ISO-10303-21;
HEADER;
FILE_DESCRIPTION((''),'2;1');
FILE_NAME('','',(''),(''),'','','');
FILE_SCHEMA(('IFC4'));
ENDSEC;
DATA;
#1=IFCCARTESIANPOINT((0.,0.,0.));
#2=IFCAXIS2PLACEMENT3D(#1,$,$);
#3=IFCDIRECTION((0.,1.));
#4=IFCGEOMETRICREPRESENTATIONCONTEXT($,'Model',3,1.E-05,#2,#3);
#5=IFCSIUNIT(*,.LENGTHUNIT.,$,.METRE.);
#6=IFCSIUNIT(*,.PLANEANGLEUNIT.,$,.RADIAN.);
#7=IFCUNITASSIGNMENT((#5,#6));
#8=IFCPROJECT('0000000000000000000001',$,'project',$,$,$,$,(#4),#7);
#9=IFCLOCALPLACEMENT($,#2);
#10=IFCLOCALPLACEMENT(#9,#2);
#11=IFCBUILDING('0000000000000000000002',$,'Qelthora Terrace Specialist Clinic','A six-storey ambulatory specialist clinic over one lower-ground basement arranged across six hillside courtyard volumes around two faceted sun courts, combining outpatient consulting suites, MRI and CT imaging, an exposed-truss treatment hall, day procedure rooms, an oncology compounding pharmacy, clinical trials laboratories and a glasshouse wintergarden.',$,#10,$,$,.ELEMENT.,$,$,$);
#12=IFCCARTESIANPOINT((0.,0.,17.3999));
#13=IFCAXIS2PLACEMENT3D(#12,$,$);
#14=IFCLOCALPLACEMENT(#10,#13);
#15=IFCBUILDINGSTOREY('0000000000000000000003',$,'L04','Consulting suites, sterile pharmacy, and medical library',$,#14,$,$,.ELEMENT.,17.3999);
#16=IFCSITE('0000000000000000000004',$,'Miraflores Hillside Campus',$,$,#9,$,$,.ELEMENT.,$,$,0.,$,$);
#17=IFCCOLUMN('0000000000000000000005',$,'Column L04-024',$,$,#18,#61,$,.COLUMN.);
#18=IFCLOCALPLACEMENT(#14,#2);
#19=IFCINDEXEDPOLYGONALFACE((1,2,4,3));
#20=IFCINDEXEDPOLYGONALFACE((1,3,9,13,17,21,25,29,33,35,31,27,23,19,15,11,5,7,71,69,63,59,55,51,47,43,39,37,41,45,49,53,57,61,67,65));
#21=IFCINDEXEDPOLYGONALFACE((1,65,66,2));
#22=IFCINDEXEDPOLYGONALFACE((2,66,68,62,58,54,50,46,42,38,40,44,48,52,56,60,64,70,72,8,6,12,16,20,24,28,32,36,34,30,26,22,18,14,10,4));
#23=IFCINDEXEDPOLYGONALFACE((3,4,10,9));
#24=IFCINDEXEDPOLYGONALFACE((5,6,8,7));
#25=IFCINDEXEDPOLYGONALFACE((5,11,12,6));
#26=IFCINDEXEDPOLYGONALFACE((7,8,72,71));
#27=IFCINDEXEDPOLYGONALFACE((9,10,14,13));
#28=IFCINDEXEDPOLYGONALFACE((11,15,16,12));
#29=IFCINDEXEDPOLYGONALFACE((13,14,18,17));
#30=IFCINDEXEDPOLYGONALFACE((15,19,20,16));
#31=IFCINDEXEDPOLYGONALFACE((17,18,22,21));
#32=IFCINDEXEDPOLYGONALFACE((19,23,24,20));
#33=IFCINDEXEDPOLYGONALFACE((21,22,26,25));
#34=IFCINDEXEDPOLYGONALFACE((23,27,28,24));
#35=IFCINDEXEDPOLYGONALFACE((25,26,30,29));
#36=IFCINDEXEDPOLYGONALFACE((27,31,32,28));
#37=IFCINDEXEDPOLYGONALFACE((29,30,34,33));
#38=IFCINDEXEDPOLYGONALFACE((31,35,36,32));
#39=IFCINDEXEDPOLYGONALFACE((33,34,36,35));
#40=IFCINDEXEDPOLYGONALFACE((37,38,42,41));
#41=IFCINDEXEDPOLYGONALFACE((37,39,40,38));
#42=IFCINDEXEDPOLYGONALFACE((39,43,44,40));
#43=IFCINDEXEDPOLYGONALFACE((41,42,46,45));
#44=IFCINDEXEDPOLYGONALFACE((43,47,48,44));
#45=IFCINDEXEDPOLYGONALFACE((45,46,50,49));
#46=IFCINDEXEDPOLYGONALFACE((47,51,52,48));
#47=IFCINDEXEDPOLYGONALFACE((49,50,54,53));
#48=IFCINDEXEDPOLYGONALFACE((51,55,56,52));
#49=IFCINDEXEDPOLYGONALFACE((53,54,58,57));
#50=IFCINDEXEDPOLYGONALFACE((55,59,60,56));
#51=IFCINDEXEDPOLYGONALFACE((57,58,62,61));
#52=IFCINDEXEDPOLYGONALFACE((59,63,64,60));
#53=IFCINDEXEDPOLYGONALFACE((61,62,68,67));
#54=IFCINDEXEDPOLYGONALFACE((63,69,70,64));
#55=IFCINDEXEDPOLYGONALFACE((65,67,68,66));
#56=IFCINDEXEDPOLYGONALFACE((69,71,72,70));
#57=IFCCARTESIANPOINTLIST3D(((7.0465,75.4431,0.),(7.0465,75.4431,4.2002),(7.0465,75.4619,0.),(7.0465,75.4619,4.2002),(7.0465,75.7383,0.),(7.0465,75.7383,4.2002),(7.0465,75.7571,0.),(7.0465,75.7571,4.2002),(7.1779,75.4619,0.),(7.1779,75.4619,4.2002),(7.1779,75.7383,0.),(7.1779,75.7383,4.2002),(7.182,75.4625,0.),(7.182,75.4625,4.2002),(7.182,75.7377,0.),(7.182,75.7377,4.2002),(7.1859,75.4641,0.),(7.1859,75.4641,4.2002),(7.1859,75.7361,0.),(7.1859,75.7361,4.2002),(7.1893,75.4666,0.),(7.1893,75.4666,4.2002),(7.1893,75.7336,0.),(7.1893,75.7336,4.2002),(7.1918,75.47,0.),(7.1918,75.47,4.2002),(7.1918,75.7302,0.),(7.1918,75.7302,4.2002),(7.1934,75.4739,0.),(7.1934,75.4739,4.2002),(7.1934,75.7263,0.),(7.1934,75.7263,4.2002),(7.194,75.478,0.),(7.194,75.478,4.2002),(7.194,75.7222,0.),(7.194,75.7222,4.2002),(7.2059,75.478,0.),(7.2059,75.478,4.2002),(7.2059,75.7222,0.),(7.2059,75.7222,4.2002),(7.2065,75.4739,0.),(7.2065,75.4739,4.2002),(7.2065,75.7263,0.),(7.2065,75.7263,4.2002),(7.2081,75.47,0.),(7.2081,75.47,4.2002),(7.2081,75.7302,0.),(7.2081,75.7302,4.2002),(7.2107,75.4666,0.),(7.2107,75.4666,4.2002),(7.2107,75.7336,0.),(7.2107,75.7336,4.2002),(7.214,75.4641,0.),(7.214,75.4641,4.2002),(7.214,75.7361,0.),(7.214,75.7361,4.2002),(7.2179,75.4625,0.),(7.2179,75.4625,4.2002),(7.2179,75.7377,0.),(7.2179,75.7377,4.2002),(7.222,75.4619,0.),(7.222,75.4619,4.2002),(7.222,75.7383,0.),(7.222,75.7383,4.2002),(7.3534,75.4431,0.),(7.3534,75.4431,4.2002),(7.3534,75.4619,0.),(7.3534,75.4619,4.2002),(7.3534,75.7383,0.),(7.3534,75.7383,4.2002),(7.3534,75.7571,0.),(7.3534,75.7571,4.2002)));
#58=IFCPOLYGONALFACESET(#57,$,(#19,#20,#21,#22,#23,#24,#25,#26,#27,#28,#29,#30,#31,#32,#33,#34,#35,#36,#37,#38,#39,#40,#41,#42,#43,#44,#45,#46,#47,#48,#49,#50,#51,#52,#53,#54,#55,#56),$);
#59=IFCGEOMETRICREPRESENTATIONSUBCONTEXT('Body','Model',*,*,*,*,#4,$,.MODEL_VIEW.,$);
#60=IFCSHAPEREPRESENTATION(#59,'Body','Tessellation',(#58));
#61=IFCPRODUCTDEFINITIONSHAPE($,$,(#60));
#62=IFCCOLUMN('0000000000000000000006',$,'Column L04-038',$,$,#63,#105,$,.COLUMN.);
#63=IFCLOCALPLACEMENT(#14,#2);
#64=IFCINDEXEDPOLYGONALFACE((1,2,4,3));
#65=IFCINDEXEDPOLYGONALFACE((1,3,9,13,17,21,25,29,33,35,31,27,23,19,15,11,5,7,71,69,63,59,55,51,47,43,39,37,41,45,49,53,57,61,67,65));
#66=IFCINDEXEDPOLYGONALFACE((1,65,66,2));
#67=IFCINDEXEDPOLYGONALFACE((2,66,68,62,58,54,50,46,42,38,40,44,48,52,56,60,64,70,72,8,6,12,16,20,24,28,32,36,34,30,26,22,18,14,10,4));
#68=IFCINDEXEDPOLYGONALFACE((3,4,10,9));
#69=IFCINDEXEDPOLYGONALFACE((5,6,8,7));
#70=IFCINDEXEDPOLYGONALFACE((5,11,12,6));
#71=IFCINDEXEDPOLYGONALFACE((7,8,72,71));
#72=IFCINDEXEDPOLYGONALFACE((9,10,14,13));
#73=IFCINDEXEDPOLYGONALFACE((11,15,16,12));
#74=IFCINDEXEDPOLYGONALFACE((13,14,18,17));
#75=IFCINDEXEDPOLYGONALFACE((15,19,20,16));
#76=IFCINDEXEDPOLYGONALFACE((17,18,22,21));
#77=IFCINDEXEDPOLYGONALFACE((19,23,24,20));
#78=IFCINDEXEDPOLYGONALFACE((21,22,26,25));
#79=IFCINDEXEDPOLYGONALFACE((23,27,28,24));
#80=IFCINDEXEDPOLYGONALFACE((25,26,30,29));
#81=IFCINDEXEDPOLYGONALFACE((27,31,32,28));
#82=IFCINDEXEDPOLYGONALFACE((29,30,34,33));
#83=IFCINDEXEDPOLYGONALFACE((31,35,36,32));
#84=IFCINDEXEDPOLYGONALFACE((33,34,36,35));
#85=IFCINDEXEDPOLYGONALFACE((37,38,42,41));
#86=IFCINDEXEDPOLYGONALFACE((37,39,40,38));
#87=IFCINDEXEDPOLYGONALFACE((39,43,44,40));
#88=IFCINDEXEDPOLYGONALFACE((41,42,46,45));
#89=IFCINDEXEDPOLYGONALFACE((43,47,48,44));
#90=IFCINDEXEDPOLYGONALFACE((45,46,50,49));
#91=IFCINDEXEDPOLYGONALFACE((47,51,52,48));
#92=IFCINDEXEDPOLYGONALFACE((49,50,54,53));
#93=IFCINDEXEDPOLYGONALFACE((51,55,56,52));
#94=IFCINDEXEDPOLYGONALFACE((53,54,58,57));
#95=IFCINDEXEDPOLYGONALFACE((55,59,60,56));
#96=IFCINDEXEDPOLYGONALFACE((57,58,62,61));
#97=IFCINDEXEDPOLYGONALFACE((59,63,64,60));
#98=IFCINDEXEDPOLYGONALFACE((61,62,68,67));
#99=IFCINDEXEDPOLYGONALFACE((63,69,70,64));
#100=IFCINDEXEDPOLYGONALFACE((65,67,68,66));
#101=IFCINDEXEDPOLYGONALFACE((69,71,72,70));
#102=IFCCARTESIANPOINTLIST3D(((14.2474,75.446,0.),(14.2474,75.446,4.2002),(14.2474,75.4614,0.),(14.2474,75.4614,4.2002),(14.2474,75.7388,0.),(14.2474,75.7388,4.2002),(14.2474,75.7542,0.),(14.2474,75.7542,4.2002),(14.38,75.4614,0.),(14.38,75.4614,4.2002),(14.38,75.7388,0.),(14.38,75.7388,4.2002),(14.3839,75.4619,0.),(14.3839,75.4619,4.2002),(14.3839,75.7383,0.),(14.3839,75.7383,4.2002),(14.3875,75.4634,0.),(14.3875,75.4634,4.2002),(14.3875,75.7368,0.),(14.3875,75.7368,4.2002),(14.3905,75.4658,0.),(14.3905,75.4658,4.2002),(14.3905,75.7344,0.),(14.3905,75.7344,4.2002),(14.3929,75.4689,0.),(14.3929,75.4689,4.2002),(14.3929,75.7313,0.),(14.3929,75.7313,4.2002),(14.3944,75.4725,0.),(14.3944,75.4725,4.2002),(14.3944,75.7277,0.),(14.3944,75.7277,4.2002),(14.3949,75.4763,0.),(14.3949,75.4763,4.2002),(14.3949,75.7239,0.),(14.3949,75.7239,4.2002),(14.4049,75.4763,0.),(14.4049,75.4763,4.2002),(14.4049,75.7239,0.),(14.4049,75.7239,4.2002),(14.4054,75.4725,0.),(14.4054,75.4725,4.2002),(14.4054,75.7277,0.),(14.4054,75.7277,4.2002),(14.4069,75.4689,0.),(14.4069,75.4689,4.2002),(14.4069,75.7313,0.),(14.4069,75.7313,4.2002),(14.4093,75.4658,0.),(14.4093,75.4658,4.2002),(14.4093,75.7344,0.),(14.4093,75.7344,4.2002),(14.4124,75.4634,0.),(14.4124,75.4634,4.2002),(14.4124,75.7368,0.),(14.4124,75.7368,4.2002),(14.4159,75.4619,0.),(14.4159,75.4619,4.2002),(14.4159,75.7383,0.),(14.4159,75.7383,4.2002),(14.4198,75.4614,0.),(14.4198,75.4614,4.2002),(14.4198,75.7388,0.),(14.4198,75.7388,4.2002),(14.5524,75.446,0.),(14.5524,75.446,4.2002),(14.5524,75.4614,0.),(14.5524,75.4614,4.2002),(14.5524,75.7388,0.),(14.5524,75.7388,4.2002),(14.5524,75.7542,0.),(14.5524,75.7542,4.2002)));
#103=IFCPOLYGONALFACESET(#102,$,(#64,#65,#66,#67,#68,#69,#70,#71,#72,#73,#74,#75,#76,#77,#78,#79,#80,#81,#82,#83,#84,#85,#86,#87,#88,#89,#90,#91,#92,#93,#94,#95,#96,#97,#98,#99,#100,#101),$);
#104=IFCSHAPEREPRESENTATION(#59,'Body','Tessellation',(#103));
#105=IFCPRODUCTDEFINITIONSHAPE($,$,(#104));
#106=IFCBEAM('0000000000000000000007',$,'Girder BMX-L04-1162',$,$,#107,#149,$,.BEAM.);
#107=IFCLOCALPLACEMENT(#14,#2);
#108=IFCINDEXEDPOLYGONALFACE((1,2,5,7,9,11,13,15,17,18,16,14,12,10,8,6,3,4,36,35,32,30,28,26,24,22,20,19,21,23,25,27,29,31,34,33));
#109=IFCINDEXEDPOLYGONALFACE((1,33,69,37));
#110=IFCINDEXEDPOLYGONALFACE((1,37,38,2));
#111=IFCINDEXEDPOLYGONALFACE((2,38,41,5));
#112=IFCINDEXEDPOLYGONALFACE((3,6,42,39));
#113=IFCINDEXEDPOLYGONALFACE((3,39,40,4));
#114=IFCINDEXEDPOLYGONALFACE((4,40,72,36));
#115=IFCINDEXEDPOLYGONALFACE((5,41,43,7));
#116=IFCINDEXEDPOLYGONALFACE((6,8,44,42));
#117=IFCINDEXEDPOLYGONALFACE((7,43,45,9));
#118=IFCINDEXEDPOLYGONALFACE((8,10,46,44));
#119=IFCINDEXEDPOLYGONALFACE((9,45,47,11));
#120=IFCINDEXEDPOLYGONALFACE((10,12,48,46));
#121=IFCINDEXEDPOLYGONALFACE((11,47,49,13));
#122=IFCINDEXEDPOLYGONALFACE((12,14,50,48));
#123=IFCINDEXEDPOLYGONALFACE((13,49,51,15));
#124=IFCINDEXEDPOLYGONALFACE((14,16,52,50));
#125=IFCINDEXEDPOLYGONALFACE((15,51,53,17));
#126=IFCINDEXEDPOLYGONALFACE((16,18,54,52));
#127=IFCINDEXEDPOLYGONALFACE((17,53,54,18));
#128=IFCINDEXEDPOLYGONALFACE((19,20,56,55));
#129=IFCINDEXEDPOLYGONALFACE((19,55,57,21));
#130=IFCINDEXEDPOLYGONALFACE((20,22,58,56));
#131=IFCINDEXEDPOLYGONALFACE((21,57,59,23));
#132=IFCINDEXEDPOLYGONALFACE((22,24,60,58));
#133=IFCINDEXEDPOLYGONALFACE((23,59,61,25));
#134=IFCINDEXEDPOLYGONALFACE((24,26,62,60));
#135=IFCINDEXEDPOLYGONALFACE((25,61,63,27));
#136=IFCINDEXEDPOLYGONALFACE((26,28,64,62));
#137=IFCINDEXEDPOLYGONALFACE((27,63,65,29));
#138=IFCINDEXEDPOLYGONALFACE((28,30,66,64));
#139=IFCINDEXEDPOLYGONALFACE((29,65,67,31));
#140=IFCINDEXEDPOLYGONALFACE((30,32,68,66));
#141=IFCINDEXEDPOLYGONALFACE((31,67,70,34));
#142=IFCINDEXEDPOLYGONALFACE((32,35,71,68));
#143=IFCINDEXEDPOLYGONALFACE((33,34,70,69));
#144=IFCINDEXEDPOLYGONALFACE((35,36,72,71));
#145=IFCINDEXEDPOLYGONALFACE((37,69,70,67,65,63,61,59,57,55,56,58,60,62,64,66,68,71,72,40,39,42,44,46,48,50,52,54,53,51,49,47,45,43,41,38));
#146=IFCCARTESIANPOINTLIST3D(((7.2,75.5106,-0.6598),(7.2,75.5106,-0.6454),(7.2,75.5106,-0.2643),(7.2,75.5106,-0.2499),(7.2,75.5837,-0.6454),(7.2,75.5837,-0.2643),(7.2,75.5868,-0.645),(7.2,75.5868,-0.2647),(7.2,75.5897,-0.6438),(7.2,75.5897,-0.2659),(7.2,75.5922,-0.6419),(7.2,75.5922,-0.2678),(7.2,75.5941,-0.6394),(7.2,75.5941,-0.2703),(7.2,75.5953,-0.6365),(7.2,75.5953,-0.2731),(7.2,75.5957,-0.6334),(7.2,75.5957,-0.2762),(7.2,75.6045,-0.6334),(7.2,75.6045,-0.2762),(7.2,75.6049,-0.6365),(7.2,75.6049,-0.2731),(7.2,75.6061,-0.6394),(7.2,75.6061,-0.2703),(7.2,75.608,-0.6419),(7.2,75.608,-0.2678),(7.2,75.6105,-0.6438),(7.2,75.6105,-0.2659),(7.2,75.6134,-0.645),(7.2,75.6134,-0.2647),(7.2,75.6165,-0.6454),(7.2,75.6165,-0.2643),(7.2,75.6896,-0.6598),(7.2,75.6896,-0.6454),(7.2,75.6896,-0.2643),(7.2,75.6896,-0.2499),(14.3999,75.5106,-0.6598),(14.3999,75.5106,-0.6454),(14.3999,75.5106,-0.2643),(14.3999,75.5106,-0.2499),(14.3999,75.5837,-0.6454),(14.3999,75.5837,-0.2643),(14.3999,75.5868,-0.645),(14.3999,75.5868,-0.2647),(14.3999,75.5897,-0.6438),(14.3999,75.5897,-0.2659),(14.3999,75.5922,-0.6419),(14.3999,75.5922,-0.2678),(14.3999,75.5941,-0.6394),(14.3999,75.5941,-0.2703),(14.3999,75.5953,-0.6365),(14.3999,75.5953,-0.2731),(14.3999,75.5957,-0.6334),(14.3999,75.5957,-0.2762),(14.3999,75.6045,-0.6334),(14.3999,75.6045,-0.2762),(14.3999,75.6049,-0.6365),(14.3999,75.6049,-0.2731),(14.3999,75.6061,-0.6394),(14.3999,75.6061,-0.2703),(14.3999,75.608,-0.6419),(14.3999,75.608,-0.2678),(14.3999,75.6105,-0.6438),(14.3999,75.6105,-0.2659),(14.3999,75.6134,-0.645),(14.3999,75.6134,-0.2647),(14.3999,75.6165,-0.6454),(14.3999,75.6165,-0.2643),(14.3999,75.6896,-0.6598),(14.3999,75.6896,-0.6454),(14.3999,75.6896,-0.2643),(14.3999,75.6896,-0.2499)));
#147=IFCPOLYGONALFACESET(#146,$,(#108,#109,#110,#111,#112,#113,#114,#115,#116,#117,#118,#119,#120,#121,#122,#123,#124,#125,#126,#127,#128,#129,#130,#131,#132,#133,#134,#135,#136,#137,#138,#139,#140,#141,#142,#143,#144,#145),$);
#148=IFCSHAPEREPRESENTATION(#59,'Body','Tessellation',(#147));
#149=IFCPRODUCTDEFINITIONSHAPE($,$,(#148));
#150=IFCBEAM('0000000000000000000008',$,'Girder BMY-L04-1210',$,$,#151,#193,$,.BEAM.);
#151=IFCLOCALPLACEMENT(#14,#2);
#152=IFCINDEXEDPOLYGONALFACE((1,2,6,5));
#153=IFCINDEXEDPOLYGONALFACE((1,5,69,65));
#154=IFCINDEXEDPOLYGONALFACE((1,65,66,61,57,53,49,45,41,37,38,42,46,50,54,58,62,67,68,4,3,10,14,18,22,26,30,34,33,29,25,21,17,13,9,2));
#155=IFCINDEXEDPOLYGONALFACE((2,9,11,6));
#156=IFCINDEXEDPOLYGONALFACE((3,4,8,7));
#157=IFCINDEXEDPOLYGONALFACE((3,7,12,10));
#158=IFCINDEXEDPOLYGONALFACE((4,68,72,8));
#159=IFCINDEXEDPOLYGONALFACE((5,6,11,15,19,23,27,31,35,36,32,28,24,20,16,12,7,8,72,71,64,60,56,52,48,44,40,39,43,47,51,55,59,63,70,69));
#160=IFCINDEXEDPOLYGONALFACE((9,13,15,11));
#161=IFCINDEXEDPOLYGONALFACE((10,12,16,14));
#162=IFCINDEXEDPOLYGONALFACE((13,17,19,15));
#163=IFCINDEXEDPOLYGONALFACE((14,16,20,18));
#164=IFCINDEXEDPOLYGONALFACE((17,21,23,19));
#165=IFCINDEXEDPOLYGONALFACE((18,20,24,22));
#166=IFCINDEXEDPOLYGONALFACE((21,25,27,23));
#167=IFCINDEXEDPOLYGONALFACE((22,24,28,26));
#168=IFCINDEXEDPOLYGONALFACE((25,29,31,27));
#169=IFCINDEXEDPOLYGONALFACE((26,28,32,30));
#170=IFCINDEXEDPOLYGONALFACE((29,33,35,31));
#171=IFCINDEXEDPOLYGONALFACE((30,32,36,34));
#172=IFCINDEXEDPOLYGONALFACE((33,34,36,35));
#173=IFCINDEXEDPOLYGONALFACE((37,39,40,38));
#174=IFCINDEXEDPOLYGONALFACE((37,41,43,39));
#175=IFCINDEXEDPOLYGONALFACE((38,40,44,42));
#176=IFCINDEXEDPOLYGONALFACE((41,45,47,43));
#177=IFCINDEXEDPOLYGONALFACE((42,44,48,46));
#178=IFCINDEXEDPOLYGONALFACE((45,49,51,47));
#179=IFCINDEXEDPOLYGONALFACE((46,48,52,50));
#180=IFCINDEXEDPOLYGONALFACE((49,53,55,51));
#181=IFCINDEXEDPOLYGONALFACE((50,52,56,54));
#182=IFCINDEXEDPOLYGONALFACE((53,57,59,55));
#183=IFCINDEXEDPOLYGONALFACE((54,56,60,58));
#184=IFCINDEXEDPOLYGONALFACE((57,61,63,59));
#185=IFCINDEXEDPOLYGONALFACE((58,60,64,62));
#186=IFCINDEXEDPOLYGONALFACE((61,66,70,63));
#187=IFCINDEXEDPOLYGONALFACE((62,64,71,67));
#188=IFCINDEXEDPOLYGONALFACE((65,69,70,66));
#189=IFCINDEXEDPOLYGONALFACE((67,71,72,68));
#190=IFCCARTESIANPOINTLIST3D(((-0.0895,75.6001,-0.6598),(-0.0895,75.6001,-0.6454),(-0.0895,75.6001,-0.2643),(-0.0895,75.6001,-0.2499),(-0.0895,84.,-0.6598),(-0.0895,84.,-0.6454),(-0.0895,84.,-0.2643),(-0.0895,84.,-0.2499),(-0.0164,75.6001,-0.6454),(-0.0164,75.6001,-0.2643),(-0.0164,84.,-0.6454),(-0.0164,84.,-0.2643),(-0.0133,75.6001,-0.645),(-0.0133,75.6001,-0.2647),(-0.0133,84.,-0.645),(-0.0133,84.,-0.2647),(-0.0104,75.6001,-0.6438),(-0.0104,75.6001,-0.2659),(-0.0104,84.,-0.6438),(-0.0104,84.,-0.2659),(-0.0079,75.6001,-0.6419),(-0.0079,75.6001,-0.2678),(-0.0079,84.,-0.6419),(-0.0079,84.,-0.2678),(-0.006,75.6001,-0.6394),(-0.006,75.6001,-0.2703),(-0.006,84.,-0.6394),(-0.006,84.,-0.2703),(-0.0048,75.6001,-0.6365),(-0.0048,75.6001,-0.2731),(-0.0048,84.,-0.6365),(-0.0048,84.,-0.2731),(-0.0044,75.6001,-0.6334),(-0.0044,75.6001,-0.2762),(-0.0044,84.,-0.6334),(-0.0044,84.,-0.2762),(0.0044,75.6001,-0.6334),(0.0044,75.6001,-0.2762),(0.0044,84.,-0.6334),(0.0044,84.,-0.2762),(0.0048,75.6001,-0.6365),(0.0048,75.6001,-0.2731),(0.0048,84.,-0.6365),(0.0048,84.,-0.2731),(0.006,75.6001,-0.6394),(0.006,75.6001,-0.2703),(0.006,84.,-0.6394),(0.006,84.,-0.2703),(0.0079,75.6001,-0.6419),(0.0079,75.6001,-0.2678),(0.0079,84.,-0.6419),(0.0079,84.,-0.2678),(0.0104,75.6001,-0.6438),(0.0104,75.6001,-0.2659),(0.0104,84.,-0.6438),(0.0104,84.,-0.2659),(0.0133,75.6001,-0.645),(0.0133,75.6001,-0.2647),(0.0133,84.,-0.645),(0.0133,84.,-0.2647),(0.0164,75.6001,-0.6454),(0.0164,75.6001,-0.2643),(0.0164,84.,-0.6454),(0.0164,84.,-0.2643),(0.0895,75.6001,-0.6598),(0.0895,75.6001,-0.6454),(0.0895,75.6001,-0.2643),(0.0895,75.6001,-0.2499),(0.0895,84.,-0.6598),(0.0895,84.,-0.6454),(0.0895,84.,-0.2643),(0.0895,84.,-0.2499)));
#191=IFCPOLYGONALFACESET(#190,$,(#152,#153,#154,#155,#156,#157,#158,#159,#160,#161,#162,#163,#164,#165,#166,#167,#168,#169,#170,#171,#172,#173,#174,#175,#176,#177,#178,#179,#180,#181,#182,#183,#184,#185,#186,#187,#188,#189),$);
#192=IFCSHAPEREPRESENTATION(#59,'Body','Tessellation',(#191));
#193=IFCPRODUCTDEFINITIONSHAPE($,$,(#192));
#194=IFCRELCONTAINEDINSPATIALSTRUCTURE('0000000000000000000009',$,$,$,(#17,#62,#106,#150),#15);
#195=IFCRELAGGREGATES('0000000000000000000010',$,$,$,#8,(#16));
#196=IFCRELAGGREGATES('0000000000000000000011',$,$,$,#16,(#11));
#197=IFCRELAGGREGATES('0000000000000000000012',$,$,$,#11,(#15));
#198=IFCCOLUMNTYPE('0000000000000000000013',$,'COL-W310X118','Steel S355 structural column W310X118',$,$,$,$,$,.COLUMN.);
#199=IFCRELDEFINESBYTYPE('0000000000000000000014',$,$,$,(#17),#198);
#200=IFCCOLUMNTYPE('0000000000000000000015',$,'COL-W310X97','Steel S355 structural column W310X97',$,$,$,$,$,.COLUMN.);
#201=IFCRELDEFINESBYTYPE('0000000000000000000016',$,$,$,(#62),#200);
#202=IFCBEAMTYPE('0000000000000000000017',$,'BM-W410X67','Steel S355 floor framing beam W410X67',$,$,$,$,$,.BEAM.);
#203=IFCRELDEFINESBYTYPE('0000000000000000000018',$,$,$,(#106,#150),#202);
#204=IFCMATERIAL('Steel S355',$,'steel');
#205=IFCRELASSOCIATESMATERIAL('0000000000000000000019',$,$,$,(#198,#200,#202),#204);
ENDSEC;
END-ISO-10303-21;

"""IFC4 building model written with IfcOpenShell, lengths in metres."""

from ifc_helpers import new_model, si_unit, direction, frame, origin, origin_2d, place, context, subcontext, project, spatial, i_section, extrude, material, material_profile, profile_set, type_object, element, save


model = new_model("IFC4")

# Units and contexts
model_context = context("Model", 3, precision=1e-05, world=origin(), true_north=direction((0.0, 1.0)))
body_context = subcontext(model_context, "Body", "Model", "MODEL_VIEW")
ifc_project = project(units=[si_unit("LENGTHUNIT", "METRE"), si_unit("PLANEANGLEUNIT", "RADIAN")], contexts=[model_context])

# Site, building, storey
site_placement = place(None, origin())
site = spatial("IfcSite", under=ifc_project, at=site_placement, Name="Miraflores Hillside Campus", CompositionType="ELEMENT", RefElevation=0.0)
building_placement = place(site_placement, origin())
building = spatial("IfcBuilding", under=site, at=building_placement, Name="Qelthora Terrace Specialist Clinic", Description="A six-storey ambulatory specialist clinic over one lower-ground basement arranged across six hillside courtyard volumes around two faceted sun courts, combining outpatient consulting suites, MRI and CT imaging, an exposed-truss treatment hall, day procedure rooms, an oncology compounding pharmacy, clinical trials laboratories and a glasshouse wintergarden.", CompositionType="ELEMENT")
storey_placement = place(building_placement, frame((0.0, 0.0, 17.3999)))
storey = spatial("IfcBuildingStorey", under=building, at=storey_placement, Name="L04", Description="Consulting suites, sterile pharmacy, and medical library", CompositionType="ELEMENT", Elevation=17.3999)

# Columns
ifc_material_1 = material(Name="Steel S355", Category="steel")
ifc_material_profile_1 = material_profile(ifc_material_1, i_section(OverallWidth=0.3069, OverallDepth=0.314, WebThickness=0.012, FlangeThickness=0.0188, FilletRadius=0.0161, at=origin_2d()), Name="W310X118")
ifc_profile_set_1 = profile_set([ifc_material_profile_1], Name="Steel S355")
column_type_1 = type_object("IfcColumnType", Name="COL-W310X118", Description="Steel S355 structural column W310X118", PredefinedType="COLUMN", material=ifc_profile_set_1)
column_1_placement = place(storey_placement, frame((7.2, 75.6001, 0.0), z_axis=(0.0, 0.0, 1.0), x_axis=(1.0, 0.0, 0.0)))
element("IfcColumn", 1, at=column_1_placement, inside=storey, type_object=column_type_1, Name="Column L04-024", PredefinedType="COLUMN", context=body_context, shape_type="SweptSolid", body=[
    extrude(i_section(OverallWidth=0.3069, OverallDepth=0.314, WebThickness=0.012, FlangeThickness=0.0188, FilletRadius=0.0161, at=origin_2d()), origin(), (0.0, 0.0, 1.0), 4.2002),
])
ifc_material_profile_2 = material_profile(ifc_material_1, i_section(OverallWidth=0.3049, OverallDepth=0.3081, WebThickness=0.01, FlangeThickness=0.0154, FilletRadius=0.0149, at=origin_2d()), Name="W310X97")
ifc_profile_set_2 = profile_set([ifc_material_profile_2], Name="Steel S355")
column_type_2 = type_object("IfcColumnType", Name="COL-W310X97", Description="Steel S355 structural column W310X97", PredefinedType="COLUMN", material=ifc_profile_set_2)
column_2_placement = place(storey_placement, frame((14.3999, 75.6001, 0.0), z_axis=(0.0, 0.0, 1.0), x_axis=(1.0, 0.0, 0.0)))
element("IfcColumn", 2, at=column_2_placement, inside=storey, type_object=column_type_2, Name="Column L04-038", PredefinedType="COLUMN", context=body_context, shape_type="SweptSolid", body=[
    extrude(i_section(OverallWidth=0.3049, OverallDepth=0.3081, WebThickness=0.01, FlangeThickness=0.0154, FilletRadius=0.0149, at=origin_2d()), origin(), (0.0, 0.0, 1.0), 4.2002),
])

# Beams
ifc_material_profile_3 = material_profile(ifc_material_1, i_section(OverallWidth=0.179, OverallDepth=0.4099, WebThickness=0.0088, FlangeThickness=0.0144, FilletRadius=0.012, at=origin_2d()), Name="W410X67")
ifc_profile_set_3 = profile_set([ifc_material_profile_3], Name="Steel S355")
beam_type_1 = type_object("IfcBeamType", Name="BM-W410X67", Description="Steel S355 floor framing beam W410X67", PredefinedType="BEAM", material=ifc_profile_set_3)
beam_1_placement = place(storey_placement, frame((7.2, 75.6001, -0.4548), z_axis=(1.0, 0.0, 0.0), x_axis=(0.0, 1.0, 0.0)))
element("IfcBeam", 3, at=beam_1_placement, inside=storey, type_object=beam_type_1, Name="Girder BMX-L04-1162", PredefinedType="BEAM", context=body_context, shape_type="SweptSolid", body=[
    extrude(i_section(OverallWidth=0.179, OverallDepth=0.4099, WebThickness=0.0088, FlangeThickness=0.0144, FilletRadius=0.012, at=origin_2d()), origin(), (0.0, 0.0, 1.0), 7.2),
])
beam_2_placement = place(storey_placement, frame((0.0, 75.6001, -0.4548), z_axis=(0.0, 1.0, 0.0), x_axis=(-1.0, 0.0, 0.0)))
element("IfcBeam", 4, at=beam_2_placement, inside=storey, type_object=beam_type_1, Name="Girder BMY-L04-1210", PredefinedType="BEAM", context=body_context, shape_type="SweptSolid", body=[
    extrude(i_section(OverallWidth=0.179, OverallDepth=0.4099, WebThickness=0.0088, FlangeThickness=0.0144, FilletRadius=0.012, at=origin_2d()), origin(), (0.0, 0.0, 1.0), 8.3999),
])

save(model, "model.ifc")
